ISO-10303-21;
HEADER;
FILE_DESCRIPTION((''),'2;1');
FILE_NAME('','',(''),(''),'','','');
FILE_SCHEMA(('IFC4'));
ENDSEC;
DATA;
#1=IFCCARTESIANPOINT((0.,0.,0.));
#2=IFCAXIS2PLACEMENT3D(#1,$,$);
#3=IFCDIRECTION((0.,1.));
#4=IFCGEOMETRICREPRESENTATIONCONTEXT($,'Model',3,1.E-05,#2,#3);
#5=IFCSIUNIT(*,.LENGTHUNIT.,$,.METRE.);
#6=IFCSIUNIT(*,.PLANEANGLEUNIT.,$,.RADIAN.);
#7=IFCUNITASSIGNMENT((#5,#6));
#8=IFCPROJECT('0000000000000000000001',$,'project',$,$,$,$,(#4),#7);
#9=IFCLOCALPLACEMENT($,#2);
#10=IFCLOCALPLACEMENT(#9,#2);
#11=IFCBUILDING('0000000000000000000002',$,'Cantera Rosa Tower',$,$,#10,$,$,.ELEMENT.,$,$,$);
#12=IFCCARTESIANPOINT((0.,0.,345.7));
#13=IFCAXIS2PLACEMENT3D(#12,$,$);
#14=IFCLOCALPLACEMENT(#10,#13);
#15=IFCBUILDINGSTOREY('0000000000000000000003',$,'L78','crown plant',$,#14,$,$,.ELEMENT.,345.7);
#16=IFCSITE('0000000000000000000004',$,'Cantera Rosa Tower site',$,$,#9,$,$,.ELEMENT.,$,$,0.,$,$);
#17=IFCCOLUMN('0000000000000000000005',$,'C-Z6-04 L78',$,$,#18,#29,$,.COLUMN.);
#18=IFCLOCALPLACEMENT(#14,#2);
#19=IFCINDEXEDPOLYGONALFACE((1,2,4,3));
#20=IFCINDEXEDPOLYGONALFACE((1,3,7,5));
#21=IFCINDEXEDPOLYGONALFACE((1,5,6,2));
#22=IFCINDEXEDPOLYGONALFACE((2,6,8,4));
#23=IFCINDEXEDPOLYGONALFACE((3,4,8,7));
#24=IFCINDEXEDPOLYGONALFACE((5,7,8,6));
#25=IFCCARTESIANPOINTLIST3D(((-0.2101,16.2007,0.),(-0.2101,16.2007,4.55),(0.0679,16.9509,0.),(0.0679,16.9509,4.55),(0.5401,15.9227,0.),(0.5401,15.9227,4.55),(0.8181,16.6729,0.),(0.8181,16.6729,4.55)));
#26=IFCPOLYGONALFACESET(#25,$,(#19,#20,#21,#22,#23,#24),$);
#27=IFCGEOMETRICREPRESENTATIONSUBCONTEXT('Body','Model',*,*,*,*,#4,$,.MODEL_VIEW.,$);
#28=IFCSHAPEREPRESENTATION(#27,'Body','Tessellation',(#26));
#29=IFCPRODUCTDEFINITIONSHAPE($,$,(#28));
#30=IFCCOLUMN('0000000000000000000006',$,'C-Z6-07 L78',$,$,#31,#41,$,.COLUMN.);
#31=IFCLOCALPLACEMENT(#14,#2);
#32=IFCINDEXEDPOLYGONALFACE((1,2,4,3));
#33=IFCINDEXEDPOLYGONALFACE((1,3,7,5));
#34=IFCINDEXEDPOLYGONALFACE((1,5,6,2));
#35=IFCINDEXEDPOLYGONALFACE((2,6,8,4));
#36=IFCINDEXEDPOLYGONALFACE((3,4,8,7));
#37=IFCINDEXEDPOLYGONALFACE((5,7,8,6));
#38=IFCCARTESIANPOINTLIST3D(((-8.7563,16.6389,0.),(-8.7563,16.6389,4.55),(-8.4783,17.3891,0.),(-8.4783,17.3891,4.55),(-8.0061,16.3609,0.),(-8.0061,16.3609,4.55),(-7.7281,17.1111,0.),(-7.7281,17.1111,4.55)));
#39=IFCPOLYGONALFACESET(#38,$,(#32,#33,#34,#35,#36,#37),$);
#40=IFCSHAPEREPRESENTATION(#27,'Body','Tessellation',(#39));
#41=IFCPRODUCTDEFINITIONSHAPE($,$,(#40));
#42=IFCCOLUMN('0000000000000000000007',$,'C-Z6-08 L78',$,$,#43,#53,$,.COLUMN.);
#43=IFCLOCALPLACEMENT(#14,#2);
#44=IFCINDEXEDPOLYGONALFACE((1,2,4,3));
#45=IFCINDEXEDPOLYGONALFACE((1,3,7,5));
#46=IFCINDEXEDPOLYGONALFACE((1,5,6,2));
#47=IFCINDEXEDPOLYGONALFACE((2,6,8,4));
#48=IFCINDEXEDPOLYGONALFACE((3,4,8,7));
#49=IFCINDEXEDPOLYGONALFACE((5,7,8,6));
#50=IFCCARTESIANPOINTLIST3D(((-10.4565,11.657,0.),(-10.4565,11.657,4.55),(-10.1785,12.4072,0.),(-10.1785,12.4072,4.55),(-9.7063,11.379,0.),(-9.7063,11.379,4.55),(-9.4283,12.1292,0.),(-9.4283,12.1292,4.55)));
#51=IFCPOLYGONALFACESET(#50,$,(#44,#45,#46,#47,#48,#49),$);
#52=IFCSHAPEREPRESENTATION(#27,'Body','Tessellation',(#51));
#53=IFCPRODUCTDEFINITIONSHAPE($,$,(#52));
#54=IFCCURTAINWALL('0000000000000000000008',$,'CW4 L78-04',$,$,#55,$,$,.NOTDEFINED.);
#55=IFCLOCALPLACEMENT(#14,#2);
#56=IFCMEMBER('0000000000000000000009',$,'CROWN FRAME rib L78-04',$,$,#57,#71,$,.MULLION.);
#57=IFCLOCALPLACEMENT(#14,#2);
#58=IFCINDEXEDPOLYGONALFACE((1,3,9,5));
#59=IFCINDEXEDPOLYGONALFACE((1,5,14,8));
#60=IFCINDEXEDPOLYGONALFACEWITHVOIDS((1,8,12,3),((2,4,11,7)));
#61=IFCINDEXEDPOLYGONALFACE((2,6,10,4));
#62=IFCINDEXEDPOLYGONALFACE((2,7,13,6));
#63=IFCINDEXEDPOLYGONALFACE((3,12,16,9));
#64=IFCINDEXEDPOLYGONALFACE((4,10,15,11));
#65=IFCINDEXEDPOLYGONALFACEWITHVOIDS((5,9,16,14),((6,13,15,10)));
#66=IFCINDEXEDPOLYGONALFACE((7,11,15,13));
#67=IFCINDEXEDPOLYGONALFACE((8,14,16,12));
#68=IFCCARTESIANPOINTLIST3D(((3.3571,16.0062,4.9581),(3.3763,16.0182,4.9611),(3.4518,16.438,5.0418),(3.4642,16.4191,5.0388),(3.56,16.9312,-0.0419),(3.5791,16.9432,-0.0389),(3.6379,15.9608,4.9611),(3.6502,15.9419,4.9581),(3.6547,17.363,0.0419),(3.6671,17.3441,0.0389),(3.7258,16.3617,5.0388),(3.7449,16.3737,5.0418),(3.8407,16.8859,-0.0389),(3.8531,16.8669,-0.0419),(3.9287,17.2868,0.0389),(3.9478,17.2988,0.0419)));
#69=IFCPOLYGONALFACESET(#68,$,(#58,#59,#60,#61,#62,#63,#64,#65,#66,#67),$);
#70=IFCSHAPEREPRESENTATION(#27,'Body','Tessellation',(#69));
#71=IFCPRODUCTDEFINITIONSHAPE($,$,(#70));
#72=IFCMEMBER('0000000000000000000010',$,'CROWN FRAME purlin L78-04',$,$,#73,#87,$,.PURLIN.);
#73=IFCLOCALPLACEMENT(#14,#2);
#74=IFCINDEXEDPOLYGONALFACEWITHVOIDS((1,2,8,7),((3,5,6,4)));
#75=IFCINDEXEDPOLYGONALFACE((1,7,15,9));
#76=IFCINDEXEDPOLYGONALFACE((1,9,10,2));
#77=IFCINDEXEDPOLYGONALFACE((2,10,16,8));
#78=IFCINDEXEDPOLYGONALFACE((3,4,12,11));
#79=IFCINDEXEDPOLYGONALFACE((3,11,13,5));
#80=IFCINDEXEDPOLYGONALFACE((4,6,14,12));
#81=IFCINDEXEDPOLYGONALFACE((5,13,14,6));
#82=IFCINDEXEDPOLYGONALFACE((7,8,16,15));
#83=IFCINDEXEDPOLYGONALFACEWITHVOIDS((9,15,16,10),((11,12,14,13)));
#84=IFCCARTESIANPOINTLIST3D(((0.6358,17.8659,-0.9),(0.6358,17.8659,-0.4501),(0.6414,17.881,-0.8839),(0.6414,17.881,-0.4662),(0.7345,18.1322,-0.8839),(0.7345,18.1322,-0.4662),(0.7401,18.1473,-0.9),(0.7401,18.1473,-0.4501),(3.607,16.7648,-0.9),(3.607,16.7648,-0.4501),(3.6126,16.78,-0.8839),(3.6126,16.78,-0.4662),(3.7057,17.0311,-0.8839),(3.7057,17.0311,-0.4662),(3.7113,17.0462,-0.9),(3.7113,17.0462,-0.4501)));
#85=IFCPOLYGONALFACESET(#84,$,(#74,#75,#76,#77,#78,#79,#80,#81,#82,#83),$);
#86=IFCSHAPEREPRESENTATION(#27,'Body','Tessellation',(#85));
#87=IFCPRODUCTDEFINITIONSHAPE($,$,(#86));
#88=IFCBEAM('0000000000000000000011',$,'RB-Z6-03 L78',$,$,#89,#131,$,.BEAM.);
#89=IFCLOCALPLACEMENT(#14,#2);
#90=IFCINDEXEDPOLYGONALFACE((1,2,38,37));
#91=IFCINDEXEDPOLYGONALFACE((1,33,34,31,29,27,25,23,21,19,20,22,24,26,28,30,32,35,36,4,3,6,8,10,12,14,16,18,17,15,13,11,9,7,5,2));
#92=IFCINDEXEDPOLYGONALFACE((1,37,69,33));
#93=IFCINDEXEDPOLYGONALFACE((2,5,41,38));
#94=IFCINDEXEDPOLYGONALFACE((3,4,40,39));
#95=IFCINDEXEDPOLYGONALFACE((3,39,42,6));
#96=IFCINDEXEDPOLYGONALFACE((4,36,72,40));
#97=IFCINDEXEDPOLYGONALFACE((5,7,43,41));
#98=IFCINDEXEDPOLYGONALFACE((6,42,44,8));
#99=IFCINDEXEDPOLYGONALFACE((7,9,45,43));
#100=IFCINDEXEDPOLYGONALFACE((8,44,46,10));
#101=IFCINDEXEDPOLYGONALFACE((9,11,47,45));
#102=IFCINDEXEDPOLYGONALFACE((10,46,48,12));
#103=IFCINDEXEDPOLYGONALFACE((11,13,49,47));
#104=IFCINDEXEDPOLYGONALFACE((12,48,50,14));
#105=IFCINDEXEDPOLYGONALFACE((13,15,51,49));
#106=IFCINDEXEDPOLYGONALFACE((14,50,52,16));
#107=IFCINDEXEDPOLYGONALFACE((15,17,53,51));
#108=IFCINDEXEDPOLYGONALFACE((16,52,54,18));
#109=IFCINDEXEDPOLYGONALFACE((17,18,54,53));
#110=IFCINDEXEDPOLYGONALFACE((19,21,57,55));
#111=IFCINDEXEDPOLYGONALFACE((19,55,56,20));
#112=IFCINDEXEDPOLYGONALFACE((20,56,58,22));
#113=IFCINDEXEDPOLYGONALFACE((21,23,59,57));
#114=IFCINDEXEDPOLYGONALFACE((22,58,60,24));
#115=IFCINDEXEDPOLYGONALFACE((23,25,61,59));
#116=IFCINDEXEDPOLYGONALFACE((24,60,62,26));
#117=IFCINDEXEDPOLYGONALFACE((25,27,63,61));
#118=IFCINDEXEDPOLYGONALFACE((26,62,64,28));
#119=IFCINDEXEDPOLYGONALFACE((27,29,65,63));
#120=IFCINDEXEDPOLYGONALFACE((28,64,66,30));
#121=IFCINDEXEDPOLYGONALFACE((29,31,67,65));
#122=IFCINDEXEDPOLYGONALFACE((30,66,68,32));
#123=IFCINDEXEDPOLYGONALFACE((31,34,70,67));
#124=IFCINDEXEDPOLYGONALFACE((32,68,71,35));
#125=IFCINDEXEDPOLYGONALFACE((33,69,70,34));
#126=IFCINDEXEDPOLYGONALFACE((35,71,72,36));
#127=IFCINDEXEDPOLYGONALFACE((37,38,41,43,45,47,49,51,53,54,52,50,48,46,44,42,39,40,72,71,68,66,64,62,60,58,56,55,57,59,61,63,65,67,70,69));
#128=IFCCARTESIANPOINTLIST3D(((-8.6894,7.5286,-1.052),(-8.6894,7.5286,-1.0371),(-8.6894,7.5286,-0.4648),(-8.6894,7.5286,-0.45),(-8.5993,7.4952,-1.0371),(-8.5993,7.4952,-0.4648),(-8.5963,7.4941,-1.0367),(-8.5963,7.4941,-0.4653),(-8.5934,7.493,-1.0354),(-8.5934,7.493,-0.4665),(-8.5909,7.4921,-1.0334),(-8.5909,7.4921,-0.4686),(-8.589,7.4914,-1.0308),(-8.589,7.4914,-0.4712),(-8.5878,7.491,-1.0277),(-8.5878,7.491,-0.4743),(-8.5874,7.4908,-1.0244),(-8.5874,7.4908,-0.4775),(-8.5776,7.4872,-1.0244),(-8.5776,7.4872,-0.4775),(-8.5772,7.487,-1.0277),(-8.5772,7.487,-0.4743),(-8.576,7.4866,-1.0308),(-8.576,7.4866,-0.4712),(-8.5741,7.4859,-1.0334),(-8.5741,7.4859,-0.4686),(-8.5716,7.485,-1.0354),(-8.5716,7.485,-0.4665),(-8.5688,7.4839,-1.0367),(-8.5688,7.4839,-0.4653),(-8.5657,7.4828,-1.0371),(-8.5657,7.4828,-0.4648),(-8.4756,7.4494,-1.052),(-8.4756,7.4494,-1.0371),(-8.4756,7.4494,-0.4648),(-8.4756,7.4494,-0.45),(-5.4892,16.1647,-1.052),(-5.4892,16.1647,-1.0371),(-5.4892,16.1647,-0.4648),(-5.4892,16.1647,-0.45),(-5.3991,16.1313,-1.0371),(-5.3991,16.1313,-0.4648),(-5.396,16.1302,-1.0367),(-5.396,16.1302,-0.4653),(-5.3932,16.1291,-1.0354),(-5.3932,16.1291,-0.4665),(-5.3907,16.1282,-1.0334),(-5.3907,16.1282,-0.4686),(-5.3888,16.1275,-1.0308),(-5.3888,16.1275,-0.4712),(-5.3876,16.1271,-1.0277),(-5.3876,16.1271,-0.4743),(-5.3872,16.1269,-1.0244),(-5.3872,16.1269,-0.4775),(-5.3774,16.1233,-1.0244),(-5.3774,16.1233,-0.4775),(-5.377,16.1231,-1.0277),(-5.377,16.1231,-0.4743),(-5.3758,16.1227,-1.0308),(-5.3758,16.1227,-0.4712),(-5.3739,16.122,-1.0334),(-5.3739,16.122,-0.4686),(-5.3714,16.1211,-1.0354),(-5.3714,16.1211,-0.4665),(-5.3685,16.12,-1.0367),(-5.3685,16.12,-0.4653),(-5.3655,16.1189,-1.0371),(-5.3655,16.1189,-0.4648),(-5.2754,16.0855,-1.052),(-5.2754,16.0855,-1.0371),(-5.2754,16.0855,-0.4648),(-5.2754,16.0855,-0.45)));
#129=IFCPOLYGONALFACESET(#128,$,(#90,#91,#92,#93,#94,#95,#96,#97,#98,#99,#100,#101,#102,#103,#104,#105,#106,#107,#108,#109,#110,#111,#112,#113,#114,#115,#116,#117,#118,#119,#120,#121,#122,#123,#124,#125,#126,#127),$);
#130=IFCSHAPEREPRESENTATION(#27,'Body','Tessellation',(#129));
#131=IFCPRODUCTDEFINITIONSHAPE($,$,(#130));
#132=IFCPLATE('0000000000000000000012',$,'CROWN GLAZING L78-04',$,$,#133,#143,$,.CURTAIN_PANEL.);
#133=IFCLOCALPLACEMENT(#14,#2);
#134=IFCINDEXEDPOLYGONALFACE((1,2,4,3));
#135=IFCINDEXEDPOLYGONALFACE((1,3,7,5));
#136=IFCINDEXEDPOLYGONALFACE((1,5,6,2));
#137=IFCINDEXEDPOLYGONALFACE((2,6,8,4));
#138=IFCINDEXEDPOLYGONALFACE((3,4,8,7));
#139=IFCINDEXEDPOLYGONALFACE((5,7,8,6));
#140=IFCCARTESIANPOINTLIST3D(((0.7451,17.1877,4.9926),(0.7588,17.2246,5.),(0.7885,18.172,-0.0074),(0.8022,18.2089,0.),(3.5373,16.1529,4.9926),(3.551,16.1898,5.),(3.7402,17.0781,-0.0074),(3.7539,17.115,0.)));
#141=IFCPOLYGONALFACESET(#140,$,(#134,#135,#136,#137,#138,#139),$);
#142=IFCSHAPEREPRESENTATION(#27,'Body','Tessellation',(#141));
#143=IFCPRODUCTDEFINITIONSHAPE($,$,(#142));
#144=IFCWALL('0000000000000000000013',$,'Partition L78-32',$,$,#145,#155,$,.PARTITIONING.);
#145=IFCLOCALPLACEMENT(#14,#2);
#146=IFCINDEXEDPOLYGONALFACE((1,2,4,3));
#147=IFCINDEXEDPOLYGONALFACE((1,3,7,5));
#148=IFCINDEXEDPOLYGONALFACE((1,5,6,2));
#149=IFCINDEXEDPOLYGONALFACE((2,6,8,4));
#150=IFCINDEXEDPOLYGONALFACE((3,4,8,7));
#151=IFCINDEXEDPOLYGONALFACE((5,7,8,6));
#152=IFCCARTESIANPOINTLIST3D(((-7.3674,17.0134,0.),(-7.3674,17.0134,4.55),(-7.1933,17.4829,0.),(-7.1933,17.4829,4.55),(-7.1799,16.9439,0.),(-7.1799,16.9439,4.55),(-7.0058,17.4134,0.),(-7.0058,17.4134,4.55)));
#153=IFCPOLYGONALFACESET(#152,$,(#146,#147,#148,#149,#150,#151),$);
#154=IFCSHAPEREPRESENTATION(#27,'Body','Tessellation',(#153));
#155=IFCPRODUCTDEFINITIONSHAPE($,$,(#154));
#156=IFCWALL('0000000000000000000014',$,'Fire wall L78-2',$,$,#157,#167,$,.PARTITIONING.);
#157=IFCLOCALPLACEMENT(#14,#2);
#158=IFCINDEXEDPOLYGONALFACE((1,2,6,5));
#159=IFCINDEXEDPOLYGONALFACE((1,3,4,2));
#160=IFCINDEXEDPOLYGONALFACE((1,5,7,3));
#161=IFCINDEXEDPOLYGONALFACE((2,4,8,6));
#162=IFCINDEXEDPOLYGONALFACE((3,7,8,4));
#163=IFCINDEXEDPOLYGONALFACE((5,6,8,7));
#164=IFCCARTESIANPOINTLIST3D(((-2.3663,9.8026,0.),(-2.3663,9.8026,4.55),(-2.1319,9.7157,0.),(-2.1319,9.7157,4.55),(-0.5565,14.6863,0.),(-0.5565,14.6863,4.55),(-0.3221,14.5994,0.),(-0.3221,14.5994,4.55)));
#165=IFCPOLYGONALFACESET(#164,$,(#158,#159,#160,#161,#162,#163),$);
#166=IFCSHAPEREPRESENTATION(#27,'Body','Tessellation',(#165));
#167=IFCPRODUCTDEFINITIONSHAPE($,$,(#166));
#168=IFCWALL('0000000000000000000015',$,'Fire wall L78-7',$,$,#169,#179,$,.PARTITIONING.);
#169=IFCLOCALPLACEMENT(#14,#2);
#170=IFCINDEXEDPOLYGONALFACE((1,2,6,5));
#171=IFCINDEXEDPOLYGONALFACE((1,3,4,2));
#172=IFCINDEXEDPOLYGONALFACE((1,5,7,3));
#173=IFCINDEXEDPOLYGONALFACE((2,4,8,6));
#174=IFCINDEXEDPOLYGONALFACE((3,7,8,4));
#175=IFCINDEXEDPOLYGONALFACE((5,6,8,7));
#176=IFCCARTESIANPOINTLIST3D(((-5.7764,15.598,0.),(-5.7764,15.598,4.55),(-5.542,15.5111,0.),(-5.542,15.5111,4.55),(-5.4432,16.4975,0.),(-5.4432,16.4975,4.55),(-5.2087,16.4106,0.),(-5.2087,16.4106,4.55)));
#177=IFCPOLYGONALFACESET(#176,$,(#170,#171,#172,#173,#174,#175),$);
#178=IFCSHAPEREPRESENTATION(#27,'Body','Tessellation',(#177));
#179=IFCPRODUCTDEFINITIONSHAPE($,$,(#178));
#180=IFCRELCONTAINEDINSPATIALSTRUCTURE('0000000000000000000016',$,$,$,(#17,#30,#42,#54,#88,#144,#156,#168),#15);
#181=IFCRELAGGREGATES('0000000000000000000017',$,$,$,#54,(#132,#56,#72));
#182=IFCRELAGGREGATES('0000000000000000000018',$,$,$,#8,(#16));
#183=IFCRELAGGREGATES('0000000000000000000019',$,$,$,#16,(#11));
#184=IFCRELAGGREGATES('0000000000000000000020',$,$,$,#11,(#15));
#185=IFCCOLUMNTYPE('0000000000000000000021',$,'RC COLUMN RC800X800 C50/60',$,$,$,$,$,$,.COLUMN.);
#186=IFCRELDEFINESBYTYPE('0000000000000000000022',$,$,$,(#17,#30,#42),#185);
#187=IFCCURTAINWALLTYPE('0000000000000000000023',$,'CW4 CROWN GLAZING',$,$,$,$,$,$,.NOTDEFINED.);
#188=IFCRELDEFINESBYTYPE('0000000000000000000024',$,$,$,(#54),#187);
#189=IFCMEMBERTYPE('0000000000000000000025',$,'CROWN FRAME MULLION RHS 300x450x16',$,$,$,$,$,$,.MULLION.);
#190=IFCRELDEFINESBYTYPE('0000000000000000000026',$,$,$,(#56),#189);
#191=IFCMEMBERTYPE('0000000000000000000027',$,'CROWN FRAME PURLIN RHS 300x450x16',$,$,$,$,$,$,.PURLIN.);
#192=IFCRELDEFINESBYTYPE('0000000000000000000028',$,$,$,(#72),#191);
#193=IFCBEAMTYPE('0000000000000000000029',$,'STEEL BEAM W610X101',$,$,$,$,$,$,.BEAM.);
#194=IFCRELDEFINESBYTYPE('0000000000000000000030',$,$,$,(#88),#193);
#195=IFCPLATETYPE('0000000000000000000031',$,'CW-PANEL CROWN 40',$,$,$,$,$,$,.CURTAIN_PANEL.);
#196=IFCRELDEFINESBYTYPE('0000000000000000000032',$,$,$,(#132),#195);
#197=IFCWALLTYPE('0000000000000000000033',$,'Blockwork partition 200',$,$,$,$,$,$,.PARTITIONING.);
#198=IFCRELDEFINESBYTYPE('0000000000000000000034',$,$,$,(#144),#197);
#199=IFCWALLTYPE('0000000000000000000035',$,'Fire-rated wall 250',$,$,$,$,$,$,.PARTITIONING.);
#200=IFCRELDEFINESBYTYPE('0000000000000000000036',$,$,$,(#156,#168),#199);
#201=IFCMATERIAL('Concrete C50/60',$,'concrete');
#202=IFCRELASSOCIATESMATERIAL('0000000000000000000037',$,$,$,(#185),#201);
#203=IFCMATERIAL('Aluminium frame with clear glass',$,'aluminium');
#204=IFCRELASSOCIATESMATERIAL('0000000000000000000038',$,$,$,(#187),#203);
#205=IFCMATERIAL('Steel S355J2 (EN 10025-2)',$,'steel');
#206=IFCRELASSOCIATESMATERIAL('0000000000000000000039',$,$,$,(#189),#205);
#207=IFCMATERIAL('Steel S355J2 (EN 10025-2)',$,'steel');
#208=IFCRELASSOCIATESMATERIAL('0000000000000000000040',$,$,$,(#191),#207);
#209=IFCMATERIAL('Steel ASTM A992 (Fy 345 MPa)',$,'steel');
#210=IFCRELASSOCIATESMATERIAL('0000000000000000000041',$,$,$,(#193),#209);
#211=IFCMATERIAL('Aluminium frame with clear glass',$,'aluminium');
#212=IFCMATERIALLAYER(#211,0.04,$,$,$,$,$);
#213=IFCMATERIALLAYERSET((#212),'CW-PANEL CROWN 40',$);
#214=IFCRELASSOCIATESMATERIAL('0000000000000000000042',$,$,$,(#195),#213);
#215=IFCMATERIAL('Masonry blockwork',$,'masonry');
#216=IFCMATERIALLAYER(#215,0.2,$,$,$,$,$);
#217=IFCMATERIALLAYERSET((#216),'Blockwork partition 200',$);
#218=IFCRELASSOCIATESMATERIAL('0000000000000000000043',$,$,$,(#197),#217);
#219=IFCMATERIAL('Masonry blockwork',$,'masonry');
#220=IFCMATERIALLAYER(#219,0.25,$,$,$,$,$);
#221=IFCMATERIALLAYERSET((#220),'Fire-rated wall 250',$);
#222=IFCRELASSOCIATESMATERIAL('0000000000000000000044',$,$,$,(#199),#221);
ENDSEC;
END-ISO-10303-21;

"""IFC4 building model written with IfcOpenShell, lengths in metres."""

from ifc_helpers import new_model, si_unit, direction, frame, frame_2d, origin, origin_2d, place, context, subcontext, project, spatial, polyline, rectangle, hollow_rectangle, i_section, outline, extrude, material, layer, layer_set, material_profile, profile_set, type_object, element, aggregate, save


model = new_model("IFC4")

# Units and contexts
model_context = context("Model", 3, precision=1e-05, world=origin(), true_north=direction((0.0, 1.0)))
body_context = subcontext(model_context, "Body", "Model", "MODEL_VIEW")
ifc_project = project(units=[si_unit("LENGTHUNIT", "METRE"), si_unit("PLANEANGLEUNIT", "RADIAN")], contexts=[model_context])

# Site, building, storey
site_placement = place(None, origin())
site = spatial("IfcSite", under=ifc_project, at=site_placement, Name="Cantera Rosa Tower site", CompositionType="ELEMENT", RefElevation=0.0)
building_placement = place(site_placement, origin())
building = spatial("IfcBuilding", under=site, at=building_placement, Name="Cantera Rosa Tower", CompositionType="ELEMENT")
storey_placement = place(building_placement, frame((0.0, 0.0, 345.7)))
storey = spatial("IfcBuildingStorey", under=building, at=storey_placement, Name="L78", Description="crown plant", CompositionType="ELEMENT", Elevation=345.7)

# Columns
ifc_material_1 = material(Name="Concrete C50/60", Category="concrete")
ifc_material_profile_1 = material_profile(ifc_material_1, rectangle(XDim=0.8, YDim=0.8, at=origin_2d()), Name="RC COLUMN RC800X800 C50/60")
ifc_profile_set_1 = profile_set([ifc_material_profile_1], Name="Concrete C50/60")
column_type = type_object("IfcColumnType", Name="RC COLUMN RC800X800 C50/60", PredefinedType="COLUMN", material=ifc_profile_set_1)
for number, where, z_axis, x_axis, name in (
    (1, (0.304, 16.4368, 0.0), (0.0, 0.0, 1.0), (0.347481, 0.937687, 0.0), "C-Z6-04 L78"),
    (2, (-8.2422, 16.875, 0.0), (0.0, 0.0, 1.0), (0.347481, 0.937687, 0.0), "C-Z6-07 L78"),
    (3, (-9.9424, 11.8931, 0.0), (0.0, 0.0, 1.0), (0.347481, 0.937687, 0.0), "C-Z6-08 L78"),
):
    element("IfcColumn", number, at=place(storey_placement, frame(where, z_axis=z_axis, x_axis=x_axis)), inside=storey, type_object=column_type, Name=name, PredefinedType="COLUMN", context=body_context, shape_type="SweptSolid", body=[
        extrude(rectangle(XDim=0.8, YDim=0.8, at=origin_2d()), origin(), (0.0, 0.0, 1.0), 4.55),
    ])

# Curtain wall, members
ifc_material_2 = material(Name="Aluminium frame with clear glass", Category="aluminium")
curtain_wall_type = type_object("IfcCurtainWallType", Name="CW4 CROWN GLAZING", PredefinedType="NOTDEFINED", material=ifc_material_2)
curtain_wall_1_placement = place(storey_placement, origin())
curtain_wall_1 = element("IfcCurtainWall", 4, at=curtain_wall_1_placement, inside=storey, type_object=curtain_wall_type, Name="CW4 L78-04", PredefinedType="NOTDEFINED")
ifc_material_3 = material(Name="Steel S355J2 (EN 10025-2)", Category="steel")
ifc_material_profile_2 = material_profile(ifc_material_3, hollow_rectangle(XDim=0.3, YDim=0.45, WallThickness=0.0161, at=origin_2d()), Name="CROWN FRAME MULLION RHS 300x450x16")
ifc_profile_set_2 = profile_set([ifc_material_profile_2], Name="Steel S355J2 (EN 10025-2)")
member_type_1 = type_object("IfcMemberType", Name="CROWN FRAME MULLION RHS 300x450x16", PredefinedType="MULLION", material=ifc_profile_set_2)
member_1_placement = place(storey_placement, frame((3.7539, 17.115, 0.0), z_axis=(-0.039867, -0.181778, 0.982531), x_axis=(0.976784, -0.214227, 0.0)))
member_1 = element("IfcMember", 5, at=member_1_placement, type_object=member_type_1, Name="CROWN FRAME rib L78-04", PredefinedType="MULLION", context=body_context, shape_type="SweptSolid", body=[
    extrude(hollow_rectangle(XDim=0.3, YDim=0.45, WallThickness=0.0161, at=origin_2d()), origin(), (0.0, 0.0, 1.0), 5.0889),
])
ifc_material_4 = material(Name="Steel S355J2 (EN 10025-2)", Category="steel")
ifc_material_profile_3 = material_profile(ifc_material_4, hollow_rectangle(XDim=0.3, YDim=0.45, WallThickness=0.0161, at=origin_2d()), Name="CROWN FRAME PURLIN RHS 300x450x16")
ifc_profile_set_3 = profile_set([ifc_material_profile_3], Name="Steel S355J2 (EN 10025-2)")
member_type_2 = type_object("IfcMemberType", Name="CROWN FRAME PURLIN RHS 300x450x16", PredefinedType="PURLIN", material=ifc_profile_set_3)
member_2_placement = place(storey_placement, frame((3.6592, 16.9055, -0.675), z_axis=(-0.937684, 0.34749, 0.0), x_axis=(-0.34749, -0.937684, 0.0)))
member_2 = element("IfcMember", 6, at=member_2_placement, type_object=member_type_2, Name="CROWN FRAME purlin L78-04", PredefinedType="PURLIN", context=body_context, shape_type="SweptSolid", body=[
    extrude(hollow_rectangle(XDim=0.3, YDim=0.45, WallThickness=0.0161, at=origin_2d()), origin(), (0.0, 0.0, 1.0), 3.1687),
])

# Beam
ifc_material_5 = material(Name="Steel ASTM A992 (Fy 345 MPa)", Category="steel")
ifc_material_profile_4 = material_profile(ifc_material_5, i_section(OverallWidth=0.228, OverallDepth=0.6021, WebThickness=0.0105, FlangeThickness=0.0149, FilletRadius=0.0127, at=origin_2d()), Name="W610X101")
ifc_profile_set_4 = profile_set([ifc_material_profile_4], Name="Steel ASTM A992 (Fy 345 MPa)")
beam_type = type_object("IfcBeamType", Name="STEEL BEAM W610X101", PredefinedType="BEAM", material=ifc_profile_set_4)
beam_placement = place(storey_placement, frame((-8.5825, 7.489, -0.751), z_axis=(0.347475, 0.937689, 0.0), x_axis=(-0.937689, 0.347475, 0.0)))
element("IfcBeam", 7, at=beam_placement, inside=storey, type_object=beam_type, Name="RB-Z6-03 L78", PredefinedType="BEAM", context=body_context, shape_type="SweptSolid", body=[
    extrude(i_section(OverallWidth=0.228, OverallDepth=0.6021, WebThickness=0.0105, FlangeThickness=0.0149, FilletRadius=0.0127, at=origin_2d()), origin(), (0.0, 0.0, 1.0), 9.21),
])

# Plate
ifc_material_6 = material(Name="Aluminium frame with clear glass", Category="aluminium")
ifc_layer_1 = layer(ifc_material_6, 0.04)
ifc_layer_set_1 = layer_set([ifc_layer_1], Name="CW-PANEL CROWN 40")
plate_type = type_object("IfcPlateType", Name="CW-PANEL CROWN 40", PredefinedType="CURTAIN_PANEL", material=ifc_layer_set_1)
plate_placement = place(storey_placement, frame((3.7539, 17.115, 0.0), z_axis=(0.341542, 0.921602, 0.184386), x_axis=(-0.93768, 0.347501, -0.000007)))
plate = element("IfcPlate", 8, at=plate_placement, type_object=plate_type, Name="CROWN GLAZING L78-04", PredefinedType="CURTAIN_PANEL", context=body_context, shape_type="SweptSolid", body=[
    extrude(outline(polyline([(0.0, 0.0), (3.1479, 0.0), (2.8465, 5.0872), (-0.1313, 5.0872), (0.0, 0.0)])), origin(), (0.0, 0.0, -1.0), 0.04),
])
aggregate(curtain_wall_1, [plate, member_1, member_2])

# Walls
ifc_material_7 = material(Name="Masonry blockwork", Category="masonry")
ifc_layer_2 = layer(ifc_material_7, 0.2)
ifc_layer_set_2 = layer_set([ifc_layer_2], Name="Blockwork partition 200")
wall_type_1 = type_object("IfcWallType", Name="Blockwork partition 200", PredefinedType="PARTITIONING", material=ifc_layer_set_2)
wall_1_placement = place(storey_placement, frame((-7.2737, 16.9785, 0.0), z_axis=(0.0, 0.0, 1.0), x_axis=(0.347648, 0.937625, 0.0)))
element("IfcWall", 9, at=wall_1_placement, inside=storey, type_object=wall_type_1, Name="Partition L78-32", PredefinedType="PARTITIONING", context=body_context, shape_type="SweptSolid", body=[
    extrude(rectangle(XDim=0.5007, YDim=0.2, at=frame_2d((0.2505, 0.0))), origin(), (0.0, 0.0, 1.0), 4.55),
])
ifc_material_8 = material(Name="Masonry blockwork", Category="masonry")
ifc_layer_3 = layer(ifc_material_8, 0.25)
ifc_layer_set_3 = layer_set([ifc_layer_3], Name="Fire-rated wall 250")
wall_type_2 = type_object("IfcWallType", Name="Fire-rated wall 250", PredefinedType="PARTITIONING", material=ifc_layer_set_3)
wall_2_placement = place(storey_placement, frame((-2.249, 9.7593, 0.0), z_axis=(0.0, 0.0, 1.0), x_axis=(0.347484, 0.937686, 0.0)))
element("IfcWall", 10, at=wall_2_placement, inside=storey, type_object=wall_type_2, Name="Fire wall L78-2", PredefinedType="PARTITIONING", context=body_context, shape_type="SweptSolid", body=[
    extrude(rectangle(XDim=5.2083, YDim=0.25, at=frame_2d((2.604, 0.0))), origin(), (0.0, 0.0, 1.0), 4.55),
])
wall_3_placement = place(storey_placement, frame((-5.6592, 15.5547, 0.0), z_axis=(0.0, 0.0, 1.0), x_axis=(0.347439, 0.937703, 0.0)))
element("IfcWall", 11, at=wall_3_placement, inside=storey, type_object=wall_type_2, Name="Fire wall L78-7", PredefinedType="PARTITIONING", context=body_context, shape_type="SweptSolid", body=[
    extrude(rectangle(XDim=0.9592, YDim=0.25, at=frame_2d((0.4795, 0.0))), origin(), (0.0, 0.0, 1.0), 4.55),
])

save(model, "model.ifc")
